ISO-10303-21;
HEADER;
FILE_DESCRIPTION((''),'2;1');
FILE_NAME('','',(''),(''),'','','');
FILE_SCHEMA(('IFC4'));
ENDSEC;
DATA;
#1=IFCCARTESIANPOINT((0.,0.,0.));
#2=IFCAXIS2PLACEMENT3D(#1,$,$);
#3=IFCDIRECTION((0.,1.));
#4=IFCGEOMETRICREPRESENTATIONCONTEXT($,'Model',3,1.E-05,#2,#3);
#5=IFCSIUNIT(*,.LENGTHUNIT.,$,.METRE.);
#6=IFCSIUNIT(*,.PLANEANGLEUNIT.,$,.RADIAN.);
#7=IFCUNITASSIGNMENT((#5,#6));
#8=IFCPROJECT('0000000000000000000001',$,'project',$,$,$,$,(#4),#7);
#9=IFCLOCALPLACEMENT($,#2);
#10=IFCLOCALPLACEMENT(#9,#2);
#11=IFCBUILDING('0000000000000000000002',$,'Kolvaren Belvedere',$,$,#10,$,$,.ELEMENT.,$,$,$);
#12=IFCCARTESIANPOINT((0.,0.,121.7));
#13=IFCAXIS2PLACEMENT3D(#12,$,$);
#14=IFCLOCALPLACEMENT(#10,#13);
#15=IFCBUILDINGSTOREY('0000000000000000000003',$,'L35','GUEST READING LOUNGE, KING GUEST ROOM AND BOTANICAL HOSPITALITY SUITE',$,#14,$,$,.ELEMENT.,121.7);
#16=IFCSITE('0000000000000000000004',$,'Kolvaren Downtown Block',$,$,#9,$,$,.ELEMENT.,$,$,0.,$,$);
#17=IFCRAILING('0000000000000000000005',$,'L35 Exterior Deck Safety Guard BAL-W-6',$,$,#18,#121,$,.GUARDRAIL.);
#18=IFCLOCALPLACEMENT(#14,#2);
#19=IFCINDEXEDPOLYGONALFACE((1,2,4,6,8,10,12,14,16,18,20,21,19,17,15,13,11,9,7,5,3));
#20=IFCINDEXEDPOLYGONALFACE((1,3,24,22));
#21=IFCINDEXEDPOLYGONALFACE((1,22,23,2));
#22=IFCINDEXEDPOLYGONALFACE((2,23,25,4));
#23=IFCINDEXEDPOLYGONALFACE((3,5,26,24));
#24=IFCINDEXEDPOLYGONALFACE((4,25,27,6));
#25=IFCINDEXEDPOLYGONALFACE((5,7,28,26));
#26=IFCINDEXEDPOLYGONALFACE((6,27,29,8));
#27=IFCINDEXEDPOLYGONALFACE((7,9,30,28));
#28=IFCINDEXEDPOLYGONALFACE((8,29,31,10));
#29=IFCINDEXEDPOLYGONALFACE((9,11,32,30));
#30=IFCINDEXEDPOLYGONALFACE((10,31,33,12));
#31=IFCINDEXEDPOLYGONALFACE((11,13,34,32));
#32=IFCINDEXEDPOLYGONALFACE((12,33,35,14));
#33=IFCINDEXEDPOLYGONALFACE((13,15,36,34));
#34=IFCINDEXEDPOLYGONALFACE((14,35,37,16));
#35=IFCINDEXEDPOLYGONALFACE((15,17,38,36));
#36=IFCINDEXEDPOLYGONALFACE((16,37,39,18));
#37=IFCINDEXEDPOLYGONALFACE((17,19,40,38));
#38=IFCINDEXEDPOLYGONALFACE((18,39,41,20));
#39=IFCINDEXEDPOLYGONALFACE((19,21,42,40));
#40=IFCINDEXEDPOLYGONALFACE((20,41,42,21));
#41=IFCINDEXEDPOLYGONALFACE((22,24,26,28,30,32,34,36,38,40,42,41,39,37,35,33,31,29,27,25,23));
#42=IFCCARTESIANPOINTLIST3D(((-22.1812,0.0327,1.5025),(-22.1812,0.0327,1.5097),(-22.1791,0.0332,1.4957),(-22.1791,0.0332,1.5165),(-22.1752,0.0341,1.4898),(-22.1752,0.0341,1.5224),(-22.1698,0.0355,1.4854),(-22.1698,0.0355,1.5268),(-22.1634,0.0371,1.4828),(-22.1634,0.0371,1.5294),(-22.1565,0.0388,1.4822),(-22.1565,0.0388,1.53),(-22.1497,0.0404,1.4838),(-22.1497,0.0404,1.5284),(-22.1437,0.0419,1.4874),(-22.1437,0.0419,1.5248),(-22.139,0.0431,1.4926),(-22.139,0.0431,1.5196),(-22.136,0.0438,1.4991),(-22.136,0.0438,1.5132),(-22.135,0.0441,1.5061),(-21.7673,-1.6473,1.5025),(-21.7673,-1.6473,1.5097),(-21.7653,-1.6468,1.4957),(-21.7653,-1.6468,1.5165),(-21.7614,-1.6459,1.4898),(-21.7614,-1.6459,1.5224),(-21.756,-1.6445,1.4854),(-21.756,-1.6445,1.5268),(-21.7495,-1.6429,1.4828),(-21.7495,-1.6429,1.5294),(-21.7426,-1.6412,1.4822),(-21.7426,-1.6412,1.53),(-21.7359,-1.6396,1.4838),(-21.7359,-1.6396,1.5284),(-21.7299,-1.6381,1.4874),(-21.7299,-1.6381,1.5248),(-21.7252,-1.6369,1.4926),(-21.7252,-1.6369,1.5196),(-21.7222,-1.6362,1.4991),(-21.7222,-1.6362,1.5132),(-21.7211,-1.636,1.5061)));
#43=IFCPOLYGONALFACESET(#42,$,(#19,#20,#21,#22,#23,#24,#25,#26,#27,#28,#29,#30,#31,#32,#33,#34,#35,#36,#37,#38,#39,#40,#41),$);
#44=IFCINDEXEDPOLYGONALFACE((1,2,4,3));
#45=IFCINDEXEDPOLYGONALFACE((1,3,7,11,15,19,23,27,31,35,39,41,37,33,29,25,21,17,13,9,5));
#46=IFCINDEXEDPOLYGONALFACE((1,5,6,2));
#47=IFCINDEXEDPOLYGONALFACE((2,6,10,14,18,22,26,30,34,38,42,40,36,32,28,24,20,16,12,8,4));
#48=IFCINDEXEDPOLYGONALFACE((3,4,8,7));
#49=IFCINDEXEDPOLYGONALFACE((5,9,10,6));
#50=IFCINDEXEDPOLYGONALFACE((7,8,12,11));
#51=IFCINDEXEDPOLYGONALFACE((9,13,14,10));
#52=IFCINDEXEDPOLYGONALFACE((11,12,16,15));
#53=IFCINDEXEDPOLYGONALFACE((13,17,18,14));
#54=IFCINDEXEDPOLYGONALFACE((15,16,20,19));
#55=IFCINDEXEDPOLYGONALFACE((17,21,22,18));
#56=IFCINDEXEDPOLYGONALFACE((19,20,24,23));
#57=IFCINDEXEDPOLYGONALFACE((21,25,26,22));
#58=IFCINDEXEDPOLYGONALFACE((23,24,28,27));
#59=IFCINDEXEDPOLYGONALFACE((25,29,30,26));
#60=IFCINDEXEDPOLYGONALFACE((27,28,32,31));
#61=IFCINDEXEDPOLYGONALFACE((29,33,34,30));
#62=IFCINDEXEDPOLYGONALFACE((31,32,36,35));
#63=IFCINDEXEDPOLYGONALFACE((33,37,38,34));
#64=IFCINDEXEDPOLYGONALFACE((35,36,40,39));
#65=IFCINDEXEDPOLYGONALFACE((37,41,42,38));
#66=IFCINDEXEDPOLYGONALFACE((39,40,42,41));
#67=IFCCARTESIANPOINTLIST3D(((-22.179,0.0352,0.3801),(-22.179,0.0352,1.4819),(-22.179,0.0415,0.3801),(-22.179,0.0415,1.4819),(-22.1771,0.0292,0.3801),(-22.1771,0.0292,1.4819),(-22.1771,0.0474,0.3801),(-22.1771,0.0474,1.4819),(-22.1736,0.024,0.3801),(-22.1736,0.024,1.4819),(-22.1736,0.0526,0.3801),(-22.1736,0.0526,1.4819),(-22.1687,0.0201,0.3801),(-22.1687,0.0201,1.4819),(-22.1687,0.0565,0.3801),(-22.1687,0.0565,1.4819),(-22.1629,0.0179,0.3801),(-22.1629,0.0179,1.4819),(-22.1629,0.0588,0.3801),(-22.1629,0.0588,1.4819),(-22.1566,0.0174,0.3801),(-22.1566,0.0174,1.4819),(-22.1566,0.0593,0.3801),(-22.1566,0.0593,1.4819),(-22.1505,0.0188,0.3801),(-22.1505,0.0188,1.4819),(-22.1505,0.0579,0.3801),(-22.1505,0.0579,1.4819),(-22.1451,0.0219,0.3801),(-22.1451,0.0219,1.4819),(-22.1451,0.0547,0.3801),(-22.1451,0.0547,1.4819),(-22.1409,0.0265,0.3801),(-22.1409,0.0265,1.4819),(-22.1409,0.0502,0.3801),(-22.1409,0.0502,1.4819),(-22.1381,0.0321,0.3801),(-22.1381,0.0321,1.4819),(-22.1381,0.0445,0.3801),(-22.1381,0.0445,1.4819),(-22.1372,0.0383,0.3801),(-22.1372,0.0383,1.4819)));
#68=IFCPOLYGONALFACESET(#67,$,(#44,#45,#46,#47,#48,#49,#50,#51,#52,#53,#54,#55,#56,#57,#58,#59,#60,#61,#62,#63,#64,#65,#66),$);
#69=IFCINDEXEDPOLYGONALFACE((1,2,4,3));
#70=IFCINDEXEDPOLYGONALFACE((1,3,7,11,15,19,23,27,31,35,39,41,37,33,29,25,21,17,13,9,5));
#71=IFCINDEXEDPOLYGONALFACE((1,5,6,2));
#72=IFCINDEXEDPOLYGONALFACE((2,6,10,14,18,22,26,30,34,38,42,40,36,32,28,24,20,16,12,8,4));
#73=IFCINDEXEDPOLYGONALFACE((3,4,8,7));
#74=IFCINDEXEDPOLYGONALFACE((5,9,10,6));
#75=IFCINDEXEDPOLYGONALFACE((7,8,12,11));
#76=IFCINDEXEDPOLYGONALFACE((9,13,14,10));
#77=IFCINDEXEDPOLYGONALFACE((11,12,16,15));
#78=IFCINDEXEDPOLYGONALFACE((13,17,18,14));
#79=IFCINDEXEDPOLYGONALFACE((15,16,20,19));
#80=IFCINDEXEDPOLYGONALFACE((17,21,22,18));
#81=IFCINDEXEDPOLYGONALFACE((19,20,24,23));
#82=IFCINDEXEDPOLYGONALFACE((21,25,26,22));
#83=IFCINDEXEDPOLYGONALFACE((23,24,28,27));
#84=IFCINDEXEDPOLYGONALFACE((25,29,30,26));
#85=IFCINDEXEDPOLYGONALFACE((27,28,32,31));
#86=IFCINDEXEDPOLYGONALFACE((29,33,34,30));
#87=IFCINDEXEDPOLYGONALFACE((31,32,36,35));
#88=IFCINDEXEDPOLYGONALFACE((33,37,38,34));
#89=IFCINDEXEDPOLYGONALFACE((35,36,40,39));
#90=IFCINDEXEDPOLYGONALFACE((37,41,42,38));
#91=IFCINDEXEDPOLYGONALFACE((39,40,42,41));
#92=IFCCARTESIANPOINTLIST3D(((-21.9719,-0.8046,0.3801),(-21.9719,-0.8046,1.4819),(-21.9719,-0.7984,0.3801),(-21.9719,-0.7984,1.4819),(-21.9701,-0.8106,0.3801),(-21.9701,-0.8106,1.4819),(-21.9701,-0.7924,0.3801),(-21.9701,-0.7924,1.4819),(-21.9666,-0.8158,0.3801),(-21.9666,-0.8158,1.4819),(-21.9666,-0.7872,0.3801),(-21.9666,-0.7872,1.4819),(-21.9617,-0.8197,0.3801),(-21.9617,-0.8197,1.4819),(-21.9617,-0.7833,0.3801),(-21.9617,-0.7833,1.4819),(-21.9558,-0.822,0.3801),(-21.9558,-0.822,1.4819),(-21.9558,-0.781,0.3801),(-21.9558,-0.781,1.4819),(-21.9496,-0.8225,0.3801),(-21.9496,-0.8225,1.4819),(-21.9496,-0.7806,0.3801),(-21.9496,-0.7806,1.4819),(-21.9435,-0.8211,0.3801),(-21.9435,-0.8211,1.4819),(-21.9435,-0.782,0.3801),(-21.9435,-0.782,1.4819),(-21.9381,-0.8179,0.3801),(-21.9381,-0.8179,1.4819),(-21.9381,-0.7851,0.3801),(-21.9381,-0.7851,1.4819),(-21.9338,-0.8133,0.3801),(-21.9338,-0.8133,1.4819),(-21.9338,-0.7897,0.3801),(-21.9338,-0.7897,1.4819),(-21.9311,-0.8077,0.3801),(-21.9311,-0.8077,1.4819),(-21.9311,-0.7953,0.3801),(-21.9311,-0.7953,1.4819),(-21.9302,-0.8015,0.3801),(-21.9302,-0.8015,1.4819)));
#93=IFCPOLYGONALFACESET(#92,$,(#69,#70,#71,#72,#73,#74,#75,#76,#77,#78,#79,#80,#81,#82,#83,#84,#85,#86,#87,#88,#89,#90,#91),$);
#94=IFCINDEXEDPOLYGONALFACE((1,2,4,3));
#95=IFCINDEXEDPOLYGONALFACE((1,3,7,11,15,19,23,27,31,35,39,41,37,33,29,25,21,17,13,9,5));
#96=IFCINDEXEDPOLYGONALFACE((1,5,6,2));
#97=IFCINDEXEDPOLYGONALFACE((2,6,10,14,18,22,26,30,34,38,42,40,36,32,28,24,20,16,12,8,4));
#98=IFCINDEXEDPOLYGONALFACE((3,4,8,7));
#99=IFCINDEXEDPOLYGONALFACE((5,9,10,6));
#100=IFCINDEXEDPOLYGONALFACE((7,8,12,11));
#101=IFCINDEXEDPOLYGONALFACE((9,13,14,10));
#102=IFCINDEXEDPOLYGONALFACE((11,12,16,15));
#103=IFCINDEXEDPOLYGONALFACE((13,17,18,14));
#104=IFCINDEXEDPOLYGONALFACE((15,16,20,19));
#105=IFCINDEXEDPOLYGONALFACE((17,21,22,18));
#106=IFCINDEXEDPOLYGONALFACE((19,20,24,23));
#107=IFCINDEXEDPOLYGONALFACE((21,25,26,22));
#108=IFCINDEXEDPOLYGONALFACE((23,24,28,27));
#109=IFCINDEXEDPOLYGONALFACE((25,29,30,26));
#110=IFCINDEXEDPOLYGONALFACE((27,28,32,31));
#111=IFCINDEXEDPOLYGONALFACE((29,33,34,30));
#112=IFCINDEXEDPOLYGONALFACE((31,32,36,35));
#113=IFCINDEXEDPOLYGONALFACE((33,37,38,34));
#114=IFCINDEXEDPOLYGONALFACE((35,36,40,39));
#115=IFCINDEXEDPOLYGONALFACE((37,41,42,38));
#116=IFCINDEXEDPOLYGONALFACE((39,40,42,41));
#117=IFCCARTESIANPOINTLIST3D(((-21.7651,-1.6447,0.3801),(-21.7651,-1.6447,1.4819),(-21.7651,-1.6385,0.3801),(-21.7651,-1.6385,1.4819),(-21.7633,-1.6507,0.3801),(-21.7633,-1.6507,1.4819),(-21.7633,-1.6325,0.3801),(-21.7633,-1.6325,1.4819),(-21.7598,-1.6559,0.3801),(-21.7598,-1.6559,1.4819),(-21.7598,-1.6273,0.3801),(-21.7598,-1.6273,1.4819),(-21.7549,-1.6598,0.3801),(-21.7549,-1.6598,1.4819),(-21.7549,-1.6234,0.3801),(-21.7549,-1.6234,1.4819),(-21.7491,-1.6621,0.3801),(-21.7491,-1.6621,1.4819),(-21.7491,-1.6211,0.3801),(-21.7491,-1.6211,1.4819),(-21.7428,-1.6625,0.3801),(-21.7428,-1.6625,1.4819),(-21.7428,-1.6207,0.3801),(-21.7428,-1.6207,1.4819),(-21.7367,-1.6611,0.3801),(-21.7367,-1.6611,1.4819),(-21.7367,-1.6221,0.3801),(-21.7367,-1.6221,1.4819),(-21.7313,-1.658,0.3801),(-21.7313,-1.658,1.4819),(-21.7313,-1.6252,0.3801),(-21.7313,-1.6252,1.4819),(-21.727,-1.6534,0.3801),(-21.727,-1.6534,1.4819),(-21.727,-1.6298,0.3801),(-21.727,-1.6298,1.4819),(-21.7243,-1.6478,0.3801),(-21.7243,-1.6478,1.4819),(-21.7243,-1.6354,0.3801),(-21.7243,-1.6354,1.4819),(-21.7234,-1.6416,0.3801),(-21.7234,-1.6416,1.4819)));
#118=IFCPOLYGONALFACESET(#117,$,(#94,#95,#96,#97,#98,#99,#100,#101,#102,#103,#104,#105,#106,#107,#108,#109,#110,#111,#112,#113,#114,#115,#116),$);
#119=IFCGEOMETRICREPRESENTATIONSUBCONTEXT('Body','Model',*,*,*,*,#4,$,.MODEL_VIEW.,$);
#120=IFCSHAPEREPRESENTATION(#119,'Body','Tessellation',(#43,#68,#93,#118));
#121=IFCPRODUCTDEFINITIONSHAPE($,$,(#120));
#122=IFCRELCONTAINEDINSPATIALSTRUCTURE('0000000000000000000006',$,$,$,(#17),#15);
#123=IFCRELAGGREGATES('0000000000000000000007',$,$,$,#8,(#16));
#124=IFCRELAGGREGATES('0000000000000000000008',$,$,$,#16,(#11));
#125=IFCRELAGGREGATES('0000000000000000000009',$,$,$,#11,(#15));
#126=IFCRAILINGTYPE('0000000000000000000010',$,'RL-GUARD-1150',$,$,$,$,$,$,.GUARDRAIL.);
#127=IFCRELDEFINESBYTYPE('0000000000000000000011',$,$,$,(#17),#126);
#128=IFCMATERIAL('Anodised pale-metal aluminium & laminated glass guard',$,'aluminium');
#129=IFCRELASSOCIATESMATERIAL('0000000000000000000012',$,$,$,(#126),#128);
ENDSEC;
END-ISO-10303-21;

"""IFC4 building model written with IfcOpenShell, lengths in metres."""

from ifc_helpers import new_model, si_unit, direction, frame, origin, origin_2d, place, context, subcontext, project, spatial, circle, extrude, material, type_object, element, save


model = new_model("IFC4")

# Units and contexts
model_context = context("Model", 3, precision=1e-05, world=origin(), true_north=direction((0.0, 1.0)))
body_context = subcontext(model_context, "Body", "Model", "MODEL_VIEW")
ifc_project = project(units=[si_unit("LENGTHUNIT", "METRE"), si_unit("PLANEANGLEUNIT", "RADIAN")], contexts=[model_context])

# Site, building, storey
site_placement = place(None, origin())
site = spatial("IfcSite", under=ifc_project, at=site_placement, Name="Kolvaren Downtown Block", CompositionType="ELEMENT", RefElevation=0.0)
building_placement = place(site_placement, origin())
building = spatial("IfcBuilding", under=site, at=building_placement, Name="Kolvaren Belvedere", CompositionType="ELEMENT")
storey_placement = place(building_placement, frame((0.0, 0.0, 121.7)))
storey = spatial("IfcBuildingStorey", under=building, at=storey_placement, Name="L35", Description="GUEST READING LOUNGE, KING GUEST ROOM AND BOTANICAL HOSPITALITY SUITE", CompositionType="ELEMENT", Elevation=121.7)

# Railing
ifc_material_1 = material(Name="Anodised pale-metal aluminium & laminated glass guard", Category="aluminium")
railing_type = type_object("IfcRailingType", Name="RL-GUARD-1150", PredefinedType="GUARDRAIL", material=ifc_material_1)
railing_1_placement = place(storey_placement, frame((-22.1582, 0.0383, 0.3801)))
element("IfcRailing", 1, at=railing_1_placement, inside=storey, type_object=railing_type, Name="L35 Exterior Deck Safety Guard BAL-W-6", PredefinedType="GUARDRAIL", context=body_context, shape_type="SweptSolid", body=[
    extrude(circle(Radius=0.0239, at=origin_2d()), frame((0.0, 0.0, 1.126), z_axis=(0.239181, -0.970975, 0.0), x_axis=(0.970975, 0.239181, 0.0)), (0.0, 0.0, 1.0), 1.7302),
    extrude(circle(Radius=0.021, at=origin_2d()), origin(), (0.0, 0.0, 1.0), 1.1018),
    extrude(circle(Radius=0.021, at=origin_2d()), frame((0.207, -0.8398, 0.0)), (0.0, 0.0, 1.0), 1.1018),
    extrude(circle(Radius=0.021, at=origin_2d()), frame((0.4138, -1.6799, 0.0)), (0.0, 0.0, 1.0), 1.1018),
])

save(model, "model.ifc")
